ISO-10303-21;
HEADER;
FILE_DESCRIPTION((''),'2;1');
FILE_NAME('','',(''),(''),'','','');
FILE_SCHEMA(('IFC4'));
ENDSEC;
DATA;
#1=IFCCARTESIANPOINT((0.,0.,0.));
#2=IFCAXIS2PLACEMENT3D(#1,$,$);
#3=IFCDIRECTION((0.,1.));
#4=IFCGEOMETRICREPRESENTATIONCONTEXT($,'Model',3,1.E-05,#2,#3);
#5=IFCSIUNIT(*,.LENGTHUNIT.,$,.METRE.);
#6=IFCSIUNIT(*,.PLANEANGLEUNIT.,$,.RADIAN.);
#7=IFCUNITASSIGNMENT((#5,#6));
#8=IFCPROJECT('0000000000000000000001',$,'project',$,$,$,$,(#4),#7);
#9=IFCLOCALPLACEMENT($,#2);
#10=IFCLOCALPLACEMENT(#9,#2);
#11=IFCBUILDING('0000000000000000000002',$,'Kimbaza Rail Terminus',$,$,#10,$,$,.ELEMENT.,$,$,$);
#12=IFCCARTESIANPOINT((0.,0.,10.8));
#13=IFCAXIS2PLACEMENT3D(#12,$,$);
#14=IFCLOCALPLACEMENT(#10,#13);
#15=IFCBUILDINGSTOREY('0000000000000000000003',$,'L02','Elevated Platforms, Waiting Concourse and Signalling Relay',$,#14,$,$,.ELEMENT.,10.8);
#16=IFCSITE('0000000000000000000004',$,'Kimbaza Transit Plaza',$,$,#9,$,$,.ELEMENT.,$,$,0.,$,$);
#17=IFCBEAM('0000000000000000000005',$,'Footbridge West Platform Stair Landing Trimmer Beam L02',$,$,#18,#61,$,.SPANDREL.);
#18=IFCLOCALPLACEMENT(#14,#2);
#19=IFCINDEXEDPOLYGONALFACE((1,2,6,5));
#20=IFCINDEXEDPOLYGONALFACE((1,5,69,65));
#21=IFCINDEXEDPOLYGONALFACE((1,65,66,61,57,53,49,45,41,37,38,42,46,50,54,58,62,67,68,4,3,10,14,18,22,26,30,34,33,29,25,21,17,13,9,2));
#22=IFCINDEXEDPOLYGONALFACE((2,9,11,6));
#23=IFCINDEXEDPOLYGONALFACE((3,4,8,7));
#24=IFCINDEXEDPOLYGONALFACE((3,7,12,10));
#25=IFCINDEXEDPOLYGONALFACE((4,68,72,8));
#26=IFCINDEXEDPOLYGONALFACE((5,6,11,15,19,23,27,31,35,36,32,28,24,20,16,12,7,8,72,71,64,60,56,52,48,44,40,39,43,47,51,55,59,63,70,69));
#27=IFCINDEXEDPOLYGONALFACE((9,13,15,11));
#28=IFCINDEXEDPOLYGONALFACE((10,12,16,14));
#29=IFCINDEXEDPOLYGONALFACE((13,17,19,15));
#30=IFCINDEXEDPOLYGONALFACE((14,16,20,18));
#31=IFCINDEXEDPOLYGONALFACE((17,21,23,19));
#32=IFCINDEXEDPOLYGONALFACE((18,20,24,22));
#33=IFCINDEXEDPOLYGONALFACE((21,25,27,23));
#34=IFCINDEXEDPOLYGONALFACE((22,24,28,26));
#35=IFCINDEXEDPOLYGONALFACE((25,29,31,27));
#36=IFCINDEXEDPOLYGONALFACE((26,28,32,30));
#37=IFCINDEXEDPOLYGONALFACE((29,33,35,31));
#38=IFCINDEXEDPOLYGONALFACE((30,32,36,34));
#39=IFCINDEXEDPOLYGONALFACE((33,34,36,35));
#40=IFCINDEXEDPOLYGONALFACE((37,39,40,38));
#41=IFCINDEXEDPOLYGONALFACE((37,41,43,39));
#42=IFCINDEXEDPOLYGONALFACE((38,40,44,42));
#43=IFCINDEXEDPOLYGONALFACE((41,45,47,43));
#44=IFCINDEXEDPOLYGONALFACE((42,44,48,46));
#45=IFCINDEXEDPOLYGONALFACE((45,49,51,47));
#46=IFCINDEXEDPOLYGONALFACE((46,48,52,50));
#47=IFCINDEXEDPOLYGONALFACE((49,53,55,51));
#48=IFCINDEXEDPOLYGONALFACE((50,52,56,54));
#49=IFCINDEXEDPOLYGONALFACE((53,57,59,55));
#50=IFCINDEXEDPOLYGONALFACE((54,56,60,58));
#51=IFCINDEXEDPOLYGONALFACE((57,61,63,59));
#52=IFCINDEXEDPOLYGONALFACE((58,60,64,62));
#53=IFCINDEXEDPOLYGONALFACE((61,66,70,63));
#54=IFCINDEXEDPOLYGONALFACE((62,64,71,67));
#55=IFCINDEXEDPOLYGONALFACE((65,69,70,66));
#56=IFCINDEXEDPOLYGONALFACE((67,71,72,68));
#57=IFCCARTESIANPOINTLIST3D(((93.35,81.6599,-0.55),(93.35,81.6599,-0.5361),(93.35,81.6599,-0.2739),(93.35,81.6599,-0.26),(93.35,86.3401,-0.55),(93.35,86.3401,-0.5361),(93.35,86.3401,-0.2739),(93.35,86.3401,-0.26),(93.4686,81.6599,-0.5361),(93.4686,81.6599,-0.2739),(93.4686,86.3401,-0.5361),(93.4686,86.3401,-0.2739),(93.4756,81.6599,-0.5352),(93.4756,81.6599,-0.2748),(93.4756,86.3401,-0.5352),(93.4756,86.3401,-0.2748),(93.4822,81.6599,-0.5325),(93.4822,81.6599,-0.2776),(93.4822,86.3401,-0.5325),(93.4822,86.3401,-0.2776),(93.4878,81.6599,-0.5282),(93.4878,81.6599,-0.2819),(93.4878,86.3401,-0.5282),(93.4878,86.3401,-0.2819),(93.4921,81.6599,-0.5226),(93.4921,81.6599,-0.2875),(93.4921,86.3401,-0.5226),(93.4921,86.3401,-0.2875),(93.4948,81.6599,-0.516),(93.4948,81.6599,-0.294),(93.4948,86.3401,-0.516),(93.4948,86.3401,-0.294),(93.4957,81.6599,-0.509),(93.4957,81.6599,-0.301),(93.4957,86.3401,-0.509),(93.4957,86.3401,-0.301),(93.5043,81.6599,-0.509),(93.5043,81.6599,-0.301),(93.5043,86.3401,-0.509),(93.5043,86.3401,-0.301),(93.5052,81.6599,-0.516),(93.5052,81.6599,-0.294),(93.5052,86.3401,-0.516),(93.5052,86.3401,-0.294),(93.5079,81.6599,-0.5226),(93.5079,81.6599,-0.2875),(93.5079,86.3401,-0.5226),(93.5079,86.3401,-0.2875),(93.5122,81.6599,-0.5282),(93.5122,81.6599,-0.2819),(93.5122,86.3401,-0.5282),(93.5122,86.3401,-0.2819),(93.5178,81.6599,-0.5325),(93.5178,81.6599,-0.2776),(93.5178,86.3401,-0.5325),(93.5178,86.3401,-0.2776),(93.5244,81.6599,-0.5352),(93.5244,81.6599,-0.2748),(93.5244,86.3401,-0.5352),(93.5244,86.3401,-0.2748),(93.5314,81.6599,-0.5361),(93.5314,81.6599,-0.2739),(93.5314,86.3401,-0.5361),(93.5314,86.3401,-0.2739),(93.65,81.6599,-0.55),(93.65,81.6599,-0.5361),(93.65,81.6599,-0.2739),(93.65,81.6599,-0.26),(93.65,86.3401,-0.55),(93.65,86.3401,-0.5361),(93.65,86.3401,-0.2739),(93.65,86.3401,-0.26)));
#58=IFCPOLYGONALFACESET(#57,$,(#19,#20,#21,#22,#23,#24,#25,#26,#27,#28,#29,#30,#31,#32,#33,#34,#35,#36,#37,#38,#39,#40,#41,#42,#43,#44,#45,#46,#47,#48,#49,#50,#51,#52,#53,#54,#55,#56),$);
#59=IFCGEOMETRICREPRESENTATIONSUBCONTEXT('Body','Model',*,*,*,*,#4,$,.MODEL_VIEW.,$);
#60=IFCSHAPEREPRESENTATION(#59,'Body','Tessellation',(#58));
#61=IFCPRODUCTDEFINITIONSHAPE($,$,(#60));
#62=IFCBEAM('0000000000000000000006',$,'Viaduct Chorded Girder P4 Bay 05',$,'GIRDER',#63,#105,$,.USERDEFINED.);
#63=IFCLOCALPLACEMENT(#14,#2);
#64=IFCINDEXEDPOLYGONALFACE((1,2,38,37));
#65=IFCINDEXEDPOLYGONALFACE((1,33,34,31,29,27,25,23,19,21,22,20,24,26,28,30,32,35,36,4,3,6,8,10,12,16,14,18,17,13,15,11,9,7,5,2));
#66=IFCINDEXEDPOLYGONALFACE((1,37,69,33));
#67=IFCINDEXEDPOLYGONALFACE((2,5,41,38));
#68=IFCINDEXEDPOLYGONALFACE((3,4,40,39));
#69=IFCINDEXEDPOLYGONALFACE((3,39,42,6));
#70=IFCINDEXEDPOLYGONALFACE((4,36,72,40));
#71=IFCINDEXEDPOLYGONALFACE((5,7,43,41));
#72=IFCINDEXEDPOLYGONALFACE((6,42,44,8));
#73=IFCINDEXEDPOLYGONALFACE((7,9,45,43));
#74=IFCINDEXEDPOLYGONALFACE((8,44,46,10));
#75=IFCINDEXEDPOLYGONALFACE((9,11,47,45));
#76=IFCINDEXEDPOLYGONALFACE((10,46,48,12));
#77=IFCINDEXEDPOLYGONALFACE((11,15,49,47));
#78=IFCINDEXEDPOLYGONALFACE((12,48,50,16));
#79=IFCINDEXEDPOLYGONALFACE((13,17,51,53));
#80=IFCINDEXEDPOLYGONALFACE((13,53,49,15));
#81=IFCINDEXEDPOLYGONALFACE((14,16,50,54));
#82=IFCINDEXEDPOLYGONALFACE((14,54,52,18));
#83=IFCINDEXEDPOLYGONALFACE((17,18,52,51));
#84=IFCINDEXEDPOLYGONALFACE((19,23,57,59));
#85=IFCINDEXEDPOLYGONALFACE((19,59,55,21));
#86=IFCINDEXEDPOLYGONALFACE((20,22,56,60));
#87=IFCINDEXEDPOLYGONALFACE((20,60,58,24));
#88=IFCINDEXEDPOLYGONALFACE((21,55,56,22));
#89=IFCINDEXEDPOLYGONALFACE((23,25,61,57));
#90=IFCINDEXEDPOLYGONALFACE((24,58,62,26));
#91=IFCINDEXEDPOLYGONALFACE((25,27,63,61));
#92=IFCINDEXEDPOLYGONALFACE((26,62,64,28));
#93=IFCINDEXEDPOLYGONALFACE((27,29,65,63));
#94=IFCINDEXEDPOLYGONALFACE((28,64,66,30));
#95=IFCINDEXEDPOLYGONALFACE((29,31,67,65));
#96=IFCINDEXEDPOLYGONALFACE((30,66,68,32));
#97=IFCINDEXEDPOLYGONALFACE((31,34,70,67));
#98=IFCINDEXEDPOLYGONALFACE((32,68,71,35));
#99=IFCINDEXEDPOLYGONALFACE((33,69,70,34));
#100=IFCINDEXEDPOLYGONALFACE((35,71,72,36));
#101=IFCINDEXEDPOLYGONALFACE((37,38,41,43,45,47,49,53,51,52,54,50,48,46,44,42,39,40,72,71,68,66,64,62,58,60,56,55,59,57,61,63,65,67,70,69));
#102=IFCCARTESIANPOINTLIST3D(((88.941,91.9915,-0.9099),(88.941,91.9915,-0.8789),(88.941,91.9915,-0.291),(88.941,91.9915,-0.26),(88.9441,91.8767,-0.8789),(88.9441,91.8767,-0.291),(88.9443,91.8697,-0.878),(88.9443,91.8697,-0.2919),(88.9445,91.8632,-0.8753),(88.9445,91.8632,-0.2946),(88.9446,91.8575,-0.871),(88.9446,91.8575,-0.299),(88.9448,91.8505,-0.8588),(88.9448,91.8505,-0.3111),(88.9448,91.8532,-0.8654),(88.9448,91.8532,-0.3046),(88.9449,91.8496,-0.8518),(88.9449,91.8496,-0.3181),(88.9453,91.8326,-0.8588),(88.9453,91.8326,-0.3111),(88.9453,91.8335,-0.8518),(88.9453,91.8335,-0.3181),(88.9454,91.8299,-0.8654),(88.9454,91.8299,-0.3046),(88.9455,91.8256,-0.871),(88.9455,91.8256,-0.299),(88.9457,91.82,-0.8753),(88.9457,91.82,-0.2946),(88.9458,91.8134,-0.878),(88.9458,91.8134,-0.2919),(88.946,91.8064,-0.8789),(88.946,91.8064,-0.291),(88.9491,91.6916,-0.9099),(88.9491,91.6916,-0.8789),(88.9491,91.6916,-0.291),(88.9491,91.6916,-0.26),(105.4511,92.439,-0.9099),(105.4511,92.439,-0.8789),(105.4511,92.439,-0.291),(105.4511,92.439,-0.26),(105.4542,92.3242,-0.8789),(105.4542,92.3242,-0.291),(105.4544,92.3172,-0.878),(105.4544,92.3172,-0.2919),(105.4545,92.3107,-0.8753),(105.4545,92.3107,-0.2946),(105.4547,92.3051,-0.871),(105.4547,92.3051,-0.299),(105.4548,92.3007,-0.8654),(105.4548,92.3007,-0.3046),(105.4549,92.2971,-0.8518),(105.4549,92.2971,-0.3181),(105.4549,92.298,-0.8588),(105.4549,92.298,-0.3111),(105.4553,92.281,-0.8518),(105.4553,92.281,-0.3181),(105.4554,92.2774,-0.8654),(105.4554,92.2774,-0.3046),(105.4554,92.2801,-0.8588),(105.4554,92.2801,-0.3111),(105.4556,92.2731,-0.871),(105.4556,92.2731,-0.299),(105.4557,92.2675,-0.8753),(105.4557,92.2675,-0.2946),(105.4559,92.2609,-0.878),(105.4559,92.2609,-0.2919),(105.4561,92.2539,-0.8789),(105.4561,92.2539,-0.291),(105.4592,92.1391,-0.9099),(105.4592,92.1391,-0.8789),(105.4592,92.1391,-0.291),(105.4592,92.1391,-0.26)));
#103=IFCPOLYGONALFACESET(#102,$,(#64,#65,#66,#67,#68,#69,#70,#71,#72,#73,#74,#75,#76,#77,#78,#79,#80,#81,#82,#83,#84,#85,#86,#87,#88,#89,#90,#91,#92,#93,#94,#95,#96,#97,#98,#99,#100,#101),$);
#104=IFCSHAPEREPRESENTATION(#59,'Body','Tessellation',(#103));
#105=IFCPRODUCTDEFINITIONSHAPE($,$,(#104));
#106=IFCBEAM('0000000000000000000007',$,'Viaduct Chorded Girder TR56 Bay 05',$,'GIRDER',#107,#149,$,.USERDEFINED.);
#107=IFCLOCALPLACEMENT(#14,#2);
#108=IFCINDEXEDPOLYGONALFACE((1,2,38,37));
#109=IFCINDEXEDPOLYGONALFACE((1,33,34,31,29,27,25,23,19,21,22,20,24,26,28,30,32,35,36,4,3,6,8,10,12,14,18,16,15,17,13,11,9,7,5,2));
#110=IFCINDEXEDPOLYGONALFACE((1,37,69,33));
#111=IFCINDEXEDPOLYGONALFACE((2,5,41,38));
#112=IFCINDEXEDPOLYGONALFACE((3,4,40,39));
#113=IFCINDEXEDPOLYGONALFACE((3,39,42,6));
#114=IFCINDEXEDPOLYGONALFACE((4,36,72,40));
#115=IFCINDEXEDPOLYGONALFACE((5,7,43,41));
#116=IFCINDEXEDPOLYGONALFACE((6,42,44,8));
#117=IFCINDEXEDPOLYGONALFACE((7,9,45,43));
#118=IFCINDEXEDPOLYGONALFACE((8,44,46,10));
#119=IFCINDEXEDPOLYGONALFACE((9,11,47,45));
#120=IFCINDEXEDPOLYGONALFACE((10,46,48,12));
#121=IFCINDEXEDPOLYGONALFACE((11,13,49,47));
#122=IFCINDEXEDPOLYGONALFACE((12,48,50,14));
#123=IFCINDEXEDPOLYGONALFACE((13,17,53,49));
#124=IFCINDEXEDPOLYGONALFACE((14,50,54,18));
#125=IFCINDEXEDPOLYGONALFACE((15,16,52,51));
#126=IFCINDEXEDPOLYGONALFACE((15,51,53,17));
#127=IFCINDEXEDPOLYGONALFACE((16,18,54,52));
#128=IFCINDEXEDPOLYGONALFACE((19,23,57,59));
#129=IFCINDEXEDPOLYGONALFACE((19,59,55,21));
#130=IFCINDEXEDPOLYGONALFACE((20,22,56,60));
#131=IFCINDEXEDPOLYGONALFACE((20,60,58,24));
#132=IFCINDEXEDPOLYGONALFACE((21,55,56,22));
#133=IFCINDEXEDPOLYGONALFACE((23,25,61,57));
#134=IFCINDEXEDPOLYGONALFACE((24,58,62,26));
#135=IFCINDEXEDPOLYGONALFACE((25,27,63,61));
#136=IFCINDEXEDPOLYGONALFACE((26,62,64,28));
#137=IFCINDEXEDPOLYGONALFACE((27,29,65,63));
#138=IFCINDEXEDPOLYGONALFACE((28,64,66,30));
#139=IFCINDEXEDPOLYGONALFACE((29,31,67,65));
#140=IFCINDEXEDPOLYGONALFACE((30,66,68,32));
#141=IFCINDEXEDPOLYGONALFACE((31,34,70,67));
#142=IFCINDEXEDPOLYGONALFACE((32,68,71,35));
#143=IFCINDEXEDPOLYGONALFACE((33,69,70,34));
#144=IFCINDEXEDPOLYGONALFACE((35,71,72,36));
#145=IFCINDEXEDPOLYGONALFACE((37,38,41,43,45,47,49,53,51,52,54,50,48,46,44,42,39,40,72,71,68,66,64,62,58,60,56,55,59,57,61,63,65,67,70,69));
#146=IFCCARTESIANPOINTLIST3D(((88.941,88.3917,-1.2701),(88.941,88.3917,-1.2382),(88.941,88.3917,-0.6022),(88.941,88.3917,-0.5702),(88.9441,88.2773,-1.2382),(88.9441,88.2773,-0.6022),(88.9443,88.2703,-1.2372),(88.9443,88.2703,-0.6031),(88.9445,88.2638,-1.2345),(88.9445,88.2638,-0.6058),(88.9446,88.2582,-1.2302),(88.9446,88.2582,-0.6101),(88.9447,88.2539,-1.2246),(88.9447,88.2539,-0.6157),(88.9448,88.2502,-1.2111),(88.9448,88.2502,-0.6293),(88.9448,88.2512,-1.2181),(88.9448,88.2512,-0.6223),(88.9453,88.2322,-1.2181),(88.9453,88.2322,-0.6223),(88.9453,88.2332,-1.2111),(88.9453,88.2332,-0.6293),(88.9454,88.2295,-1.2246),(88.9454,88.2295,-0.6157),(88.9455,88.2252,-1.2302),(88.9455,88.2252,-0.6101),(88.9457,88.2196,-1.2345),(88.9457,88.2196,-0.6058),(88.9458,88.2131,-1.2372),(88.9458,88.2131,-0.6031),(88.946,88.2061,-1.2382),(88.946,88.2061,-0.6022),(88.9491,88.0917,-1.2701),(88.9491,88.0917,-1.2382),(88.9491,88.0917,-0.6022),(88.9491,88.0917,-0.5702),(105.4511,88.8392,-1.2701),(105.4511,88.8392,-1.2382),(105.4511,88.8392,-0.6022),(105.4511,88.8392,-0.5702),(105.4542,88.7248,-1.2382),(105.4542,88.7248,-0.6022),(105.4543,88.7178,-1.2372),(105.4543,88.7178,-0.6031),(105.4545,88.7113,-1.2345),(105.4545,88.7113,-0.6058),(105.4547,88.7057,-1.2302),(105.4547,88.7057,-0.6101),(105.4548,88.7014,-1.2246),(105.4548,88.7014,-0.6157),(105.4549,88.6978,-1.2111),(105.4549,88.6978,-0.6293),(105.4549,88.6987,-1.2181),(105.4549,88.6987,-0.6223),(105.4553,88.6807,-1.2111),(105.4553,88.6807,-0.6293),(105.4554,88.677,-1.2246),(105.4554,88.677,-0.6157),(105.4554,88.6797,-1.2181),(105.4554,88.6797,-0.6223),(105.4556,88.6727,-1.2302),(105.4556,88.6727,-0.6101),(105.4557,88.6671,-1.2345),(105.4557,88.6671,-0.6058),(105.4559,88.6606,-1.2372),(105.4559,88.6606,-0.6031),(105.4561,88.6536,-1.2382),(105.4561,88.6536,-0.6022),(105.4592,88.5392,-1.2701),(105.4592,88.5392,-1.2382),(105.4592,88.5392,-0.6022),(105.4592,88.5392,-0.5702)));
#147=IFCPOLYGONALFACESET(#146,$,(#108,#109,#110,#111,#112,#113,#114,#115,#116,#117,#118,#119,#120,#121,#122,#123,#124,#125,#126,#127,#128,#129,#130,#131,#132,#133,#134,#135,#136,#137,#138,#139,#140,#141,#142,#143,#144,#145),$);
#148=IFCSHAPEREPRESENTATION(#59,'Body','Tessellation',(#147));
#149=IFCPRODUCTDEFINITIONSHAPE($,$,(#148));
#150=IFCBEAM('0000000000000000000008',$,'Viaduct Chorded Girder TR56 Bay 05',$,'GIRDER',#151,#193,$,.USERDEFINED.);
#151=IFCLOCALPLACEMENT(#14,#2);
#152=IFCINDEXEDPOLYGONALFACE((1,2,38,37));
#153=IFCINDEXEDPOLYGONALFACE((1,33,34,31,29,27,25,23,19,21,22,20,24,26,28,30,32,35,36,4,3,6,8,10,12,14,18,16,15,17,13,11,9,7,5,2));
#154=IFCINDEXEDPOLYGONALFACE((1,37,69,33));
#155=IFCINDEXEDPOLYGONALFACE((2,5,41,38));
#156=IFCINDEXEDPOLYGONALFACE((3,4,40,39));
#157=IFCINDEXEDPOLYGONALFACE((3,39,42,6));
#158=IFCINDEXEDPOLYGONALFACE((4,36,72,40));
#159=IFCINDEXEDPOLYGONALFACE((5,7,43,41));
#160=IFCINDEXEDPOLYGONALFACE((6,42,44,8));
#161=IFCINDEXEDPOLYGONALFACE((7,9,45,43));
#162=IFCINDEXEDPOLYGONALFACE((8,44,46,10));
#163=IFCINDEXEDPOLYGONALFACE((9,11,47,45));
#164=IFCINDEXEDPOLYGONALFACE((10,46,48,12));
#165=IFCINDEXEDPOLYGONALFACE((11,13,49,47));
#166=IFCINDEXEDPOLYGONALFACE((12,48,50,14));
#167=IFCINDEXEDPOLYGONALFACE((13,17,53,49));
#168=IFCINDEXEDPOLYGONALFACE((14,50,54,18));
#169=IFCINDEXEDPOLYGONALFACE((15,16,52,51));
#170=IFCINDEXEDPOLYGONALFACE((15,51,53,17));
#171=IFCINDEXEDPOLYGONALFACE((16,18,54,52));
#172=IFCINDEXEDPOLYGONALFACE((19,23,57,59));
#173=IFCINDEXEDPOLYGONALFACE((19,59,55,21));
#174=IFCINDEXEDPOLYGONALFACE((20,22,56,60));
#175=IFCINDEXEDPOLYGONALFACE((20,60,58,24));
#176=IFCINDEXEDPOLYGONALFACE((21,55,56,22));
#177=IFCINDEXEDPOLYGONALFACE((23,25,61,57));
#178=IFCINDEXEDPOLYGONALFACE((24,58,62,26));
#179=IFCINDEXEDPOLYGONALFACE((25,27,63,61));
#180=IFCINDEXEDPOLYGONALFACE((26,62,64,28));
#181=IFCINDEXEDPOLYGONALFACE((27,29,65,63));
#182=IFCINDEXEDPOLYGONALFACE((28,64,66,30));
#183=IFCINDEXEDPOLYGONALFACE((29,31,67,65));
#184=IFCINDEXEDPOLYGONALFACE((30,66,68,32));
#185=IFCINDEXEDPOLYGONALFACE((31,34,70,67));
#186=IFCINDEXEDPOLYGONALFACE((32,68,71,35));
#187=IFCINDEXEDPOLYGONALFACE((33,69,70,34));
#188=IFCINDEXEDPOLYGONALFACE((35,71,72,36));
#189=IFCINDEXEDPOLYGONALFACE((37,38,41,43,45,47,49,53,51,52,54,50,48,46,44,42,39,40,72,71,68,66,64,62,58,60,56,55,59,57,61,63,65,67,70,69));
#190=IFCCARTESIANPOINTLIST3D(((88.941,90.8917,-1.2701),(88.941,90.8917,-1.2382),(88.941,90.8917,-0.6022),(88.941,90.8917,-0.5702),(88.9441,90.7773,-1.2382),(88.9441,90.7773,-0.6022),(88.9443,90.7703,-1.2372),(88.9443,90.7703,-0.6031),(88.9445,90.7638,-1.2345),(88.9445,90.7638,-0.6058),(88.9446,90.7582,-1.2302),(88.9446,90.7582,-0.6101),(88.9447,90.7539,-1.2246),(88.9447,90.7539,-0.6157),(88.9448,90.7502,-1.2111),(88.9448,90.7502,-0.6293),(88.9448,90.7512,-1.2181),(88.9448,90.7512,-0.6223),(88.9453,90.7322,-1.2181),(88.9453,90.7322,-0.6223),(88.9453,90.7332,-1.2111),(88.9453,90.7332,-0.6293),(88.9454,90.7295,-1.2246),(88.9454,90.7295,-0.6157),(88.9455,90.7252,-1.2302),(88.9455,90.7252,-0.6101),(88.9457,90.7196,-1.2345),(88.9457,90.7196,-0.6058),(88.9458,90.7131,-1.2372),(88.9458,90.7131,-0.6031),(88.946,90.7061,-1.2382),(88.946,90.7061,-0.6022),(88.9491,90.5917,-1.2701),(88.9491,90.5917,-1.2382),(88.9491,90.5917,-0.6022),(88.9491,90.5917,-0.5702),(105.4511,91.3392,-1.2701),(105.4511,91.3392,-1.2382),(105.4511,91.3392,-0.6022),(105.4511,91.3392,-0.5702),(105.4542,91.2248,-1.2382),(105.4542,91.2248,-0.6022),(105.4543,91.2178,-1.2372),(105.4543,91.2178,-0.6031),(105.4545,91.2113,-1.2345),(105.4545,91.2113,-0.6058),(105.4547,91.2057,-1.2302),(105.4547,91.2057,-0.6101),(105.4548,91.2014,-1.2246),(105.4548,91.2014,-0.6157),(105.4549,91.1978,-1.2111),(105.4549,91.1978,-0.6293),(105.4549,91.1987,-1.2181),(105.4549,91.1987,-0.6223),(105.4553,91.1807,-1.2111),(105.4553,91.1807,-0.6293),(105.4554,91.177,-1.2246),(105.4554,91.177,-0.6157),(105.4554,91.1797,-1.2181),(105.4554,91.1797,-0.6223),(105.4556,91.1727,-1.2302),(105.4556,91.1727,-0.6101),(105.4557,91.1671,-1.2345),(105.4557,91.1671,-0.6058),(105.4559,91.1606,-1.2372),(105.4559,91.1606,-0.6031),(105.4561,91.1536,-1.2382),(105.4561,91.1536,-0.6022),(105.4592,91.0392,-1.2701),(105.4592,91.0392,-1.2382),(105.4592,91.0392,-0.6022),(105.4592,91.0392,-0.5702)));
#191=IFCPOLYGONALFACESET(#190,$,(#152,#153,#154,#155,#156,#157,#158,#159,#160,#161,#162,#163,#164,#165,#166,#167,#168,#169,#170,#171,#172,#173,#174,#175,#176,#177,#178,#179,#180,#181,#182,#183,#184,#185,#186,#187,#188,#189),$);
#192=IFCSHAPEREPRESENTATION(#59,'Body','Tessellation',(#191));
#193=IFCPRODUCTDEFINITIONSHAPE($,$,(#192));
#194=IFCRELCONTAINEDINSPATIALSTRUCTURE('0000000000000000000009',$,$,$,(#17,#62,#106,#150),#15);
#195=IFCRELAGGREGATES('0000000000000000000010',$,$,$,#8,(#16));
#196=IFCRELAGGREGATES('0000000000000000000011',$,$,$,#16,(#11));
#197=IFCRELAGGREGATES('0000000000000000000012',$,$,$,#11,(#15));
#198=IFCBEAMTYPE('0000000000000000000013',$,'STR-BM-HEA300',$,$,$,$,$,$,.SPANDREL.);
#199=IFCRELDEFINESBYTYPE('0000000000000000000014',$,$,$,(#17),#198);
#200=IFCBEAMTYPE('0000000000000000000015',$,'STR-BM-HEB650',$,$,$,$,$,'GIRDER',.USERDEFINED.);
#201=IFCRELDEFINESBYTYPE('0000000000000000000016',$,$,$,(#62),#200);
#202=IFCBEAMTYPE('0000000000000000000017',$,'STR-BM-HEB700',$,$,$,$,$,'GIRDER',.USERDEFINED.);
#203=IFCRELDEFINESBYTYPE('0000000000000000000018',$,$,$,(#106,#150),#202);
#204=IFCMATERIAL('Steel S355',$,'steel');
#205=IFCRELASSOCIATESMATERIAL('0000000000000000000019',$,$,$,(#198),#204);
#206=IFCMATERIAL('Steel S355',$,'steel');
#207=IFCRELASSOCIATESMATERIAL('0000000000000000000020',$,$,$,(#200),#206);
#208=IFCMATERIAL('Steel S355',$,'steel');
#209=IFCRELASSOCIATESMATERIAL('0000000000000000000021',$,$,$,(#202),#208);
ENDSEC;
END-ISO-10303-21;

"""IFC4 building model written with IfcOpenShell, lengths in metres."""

from ifc_helpers import new_model, si_unit, direction, frame, origin, origin_2d, place, context, subcontext, project, spatial, i_section, extrude, material, material_profile, profile_set, type_object, element, save


model = new_model("IFC4")

# Units and contexts
model_context = context("Model", 3, precision=1e-05, world=origin(), true_north=direction((0.0, 1.0)))
body_context = subcontext(model_context, "Body", "Model", "MODEL_VIEW")
ifc_project = project(units=[si_unit("LENGTHUNIT", "METRE"), si_unit("PLANEANGLEUNIT", "RADIAN")], contexts=[model_context])

# Site, building, storey
site_placement = place(None, origin())
site = spatial("IfcSite", under=ifc_project, at=site_placement, Name="Kimbaza Transit Plaza", CompositionType="ELEMENT", RefElevation=0.0)
building_placement = place(site_placement, origin())
building = spatial("IfcBuilding", under=site, at=building_placement, Name="Kimbaza Rail Terminus", CompositionType="ELEMENT")
storey_placement = place(building_placement, frame((0.0, 0.0, 10.8)))
storey = spatial("IfcBuildingStorey", under=building, at=storey_placement, Name="L02", Description="Elevated Platforms, Waiting Concourse and Signalling Relay", CompositionType="ELEMENT", Elevation=10.8)

# Beams
ifc_material_1 = material(Name="Steel S355", Category="steel")
ifc_material_profile_1 = material_profile(ifc_material_1, i_section(OverallWidth=0.3, OverallDepth=0.29, WebThickness=0.0085, FlangeThickness=0.0139, FilletRadius=0.0271, at=origin_2d()), Name="HEA 300")
ifc_profile_set_1 = profile_set([ifc_material_profile_1], Name="Steel S355")
beam_type_1 = type_object("IfcBeamType", Name="STR-BM-HEA300", PredefinedType="SPANDREL", material=ifc_profile_set_1)
beam_1_placement = place(storey_placement, frame((93.5, 81.6599, -0.405), z_axis=(0.0, 1.0, 0.0), x_axis=(-1.0, 0.0, 0.0)))
element("IfcBeam", 1, at=beam_1_placement, inside=storey, type_object=beam_type_1, Name="Footbridge West Platform Stair Landing Trimmer Beam L02", PredefinedType="SPANDREL", context=body_context, shape_type="SweptSolid", body=[
    extrude(i_section(OverallWidth=0.3, OverallDepth=0.29, WebThickness=0.0085, FlangeThickness=0.0139, FilletRadius=0.0271, at=origin_2d()), origin(), (0.0, 0.0, 1.0), 4.6802),
])
ifc_material_2 = material(Name="Steel S355", Category="steel")
ifc_material_profile_2 = material_profile(ifc_material_2, i_section(OverallWidth=0.3, OverallDepth=0.6499, WebThickness=0.0161, FlangeThickness=0.031, FilletRadius=0.0271, at=origin_2d()), Name="HEB 650")
ifc_profile_set_2 = profile_set([ifc_material_profile_2], Name="Steel S355")
beam_type_2 = type_object("IfcBeamType", Name="STR-BM-HEB650", ElementType="GIRDER", PredefinedType="USERDEFINED", material=ifc_profile_set_2)
beam_2_placement = place(storey_placement, frame((88.9451, 91.8416, -0.585), z_axis=(0.999633, 0.027095, 0.0), x_axis=(-0.027095, 0.999633, 0.0)))
element("IfcBeam", 2, at=beam_2_placement, inside=storey, type_object=beam_type_2, Name="Viaduct Chorded Girder P4 Bay 05", ObjectType="GIRDER", PredefinedType="USERDEFINED", context=body_context, shape_type="SweptSolid", body=[
    extrude(i_section(OverallWidth=0.3, OverallDepth=0.6499, WebThickness=0.0161, FlangeThickness=0.031, FilletRadius=0.0271, at=origin_2d()), origin(), (0.0, 0.0, 1.0), 16.5161),
])
ifc_material_3 = material(Name="Steel S355", Category="steel")
ifc_material_profile_3 = material_profile(ifc_material_3, i_section(OverallWidth=0.3, OverallDepth=0.7, WebThickness=0.0171, FlangeThickness=0.032, FilletRadius=0.0271, at=origin_2d()), Name="HEB 700")
ifc_profile_set_3 = profile_set([ifc_material_profile_3], Name="Steel S355")
beam_type_3 = type_object("IfcBeamType", Name="STR-BM-HEB700", ElementType="GIRDER", PredefinedType="USERDEFINED", material=ifc_profile_set_3)
for number, where, z_axis, x_axis, name in (
    (3, (88.9451, 88.2417, -0.9202), (0.999633, 0.027095, 0.0), (-0.027095, 0.999633, 0.0), "Viaduct Chorded Girder TR56 Bay 05"),
    (4, (88.9451, 90.7417, -0.9202), (0.999633, 0.027095, 0.0), (-0.027095, 0.999633, 0.0), "Viaduct Chorded Girder TR56 Bay 05"),
):
    element("IfcBeam", number, at=place(storey_placement, frame(where, z_axis=z_axis, x_axis=x_axis)), inside=storey, type_object=beam_type_3, Name=name, ObjectType="GIRDER", PredefinedType="USERDEFINED", context=body_context, shape_type="SweptSolid", body=[
        extrude(i_section(OverallWidth=0.3, OverallDepth=0.7, WebThickness=0.0171, FlangeThickness=0.032, FilletRadius=0.0271, at=origin_2d()), origin(), (0.0, 0.0, 1.0), 16.5161),
    ])

save(model, "model.ifc")
